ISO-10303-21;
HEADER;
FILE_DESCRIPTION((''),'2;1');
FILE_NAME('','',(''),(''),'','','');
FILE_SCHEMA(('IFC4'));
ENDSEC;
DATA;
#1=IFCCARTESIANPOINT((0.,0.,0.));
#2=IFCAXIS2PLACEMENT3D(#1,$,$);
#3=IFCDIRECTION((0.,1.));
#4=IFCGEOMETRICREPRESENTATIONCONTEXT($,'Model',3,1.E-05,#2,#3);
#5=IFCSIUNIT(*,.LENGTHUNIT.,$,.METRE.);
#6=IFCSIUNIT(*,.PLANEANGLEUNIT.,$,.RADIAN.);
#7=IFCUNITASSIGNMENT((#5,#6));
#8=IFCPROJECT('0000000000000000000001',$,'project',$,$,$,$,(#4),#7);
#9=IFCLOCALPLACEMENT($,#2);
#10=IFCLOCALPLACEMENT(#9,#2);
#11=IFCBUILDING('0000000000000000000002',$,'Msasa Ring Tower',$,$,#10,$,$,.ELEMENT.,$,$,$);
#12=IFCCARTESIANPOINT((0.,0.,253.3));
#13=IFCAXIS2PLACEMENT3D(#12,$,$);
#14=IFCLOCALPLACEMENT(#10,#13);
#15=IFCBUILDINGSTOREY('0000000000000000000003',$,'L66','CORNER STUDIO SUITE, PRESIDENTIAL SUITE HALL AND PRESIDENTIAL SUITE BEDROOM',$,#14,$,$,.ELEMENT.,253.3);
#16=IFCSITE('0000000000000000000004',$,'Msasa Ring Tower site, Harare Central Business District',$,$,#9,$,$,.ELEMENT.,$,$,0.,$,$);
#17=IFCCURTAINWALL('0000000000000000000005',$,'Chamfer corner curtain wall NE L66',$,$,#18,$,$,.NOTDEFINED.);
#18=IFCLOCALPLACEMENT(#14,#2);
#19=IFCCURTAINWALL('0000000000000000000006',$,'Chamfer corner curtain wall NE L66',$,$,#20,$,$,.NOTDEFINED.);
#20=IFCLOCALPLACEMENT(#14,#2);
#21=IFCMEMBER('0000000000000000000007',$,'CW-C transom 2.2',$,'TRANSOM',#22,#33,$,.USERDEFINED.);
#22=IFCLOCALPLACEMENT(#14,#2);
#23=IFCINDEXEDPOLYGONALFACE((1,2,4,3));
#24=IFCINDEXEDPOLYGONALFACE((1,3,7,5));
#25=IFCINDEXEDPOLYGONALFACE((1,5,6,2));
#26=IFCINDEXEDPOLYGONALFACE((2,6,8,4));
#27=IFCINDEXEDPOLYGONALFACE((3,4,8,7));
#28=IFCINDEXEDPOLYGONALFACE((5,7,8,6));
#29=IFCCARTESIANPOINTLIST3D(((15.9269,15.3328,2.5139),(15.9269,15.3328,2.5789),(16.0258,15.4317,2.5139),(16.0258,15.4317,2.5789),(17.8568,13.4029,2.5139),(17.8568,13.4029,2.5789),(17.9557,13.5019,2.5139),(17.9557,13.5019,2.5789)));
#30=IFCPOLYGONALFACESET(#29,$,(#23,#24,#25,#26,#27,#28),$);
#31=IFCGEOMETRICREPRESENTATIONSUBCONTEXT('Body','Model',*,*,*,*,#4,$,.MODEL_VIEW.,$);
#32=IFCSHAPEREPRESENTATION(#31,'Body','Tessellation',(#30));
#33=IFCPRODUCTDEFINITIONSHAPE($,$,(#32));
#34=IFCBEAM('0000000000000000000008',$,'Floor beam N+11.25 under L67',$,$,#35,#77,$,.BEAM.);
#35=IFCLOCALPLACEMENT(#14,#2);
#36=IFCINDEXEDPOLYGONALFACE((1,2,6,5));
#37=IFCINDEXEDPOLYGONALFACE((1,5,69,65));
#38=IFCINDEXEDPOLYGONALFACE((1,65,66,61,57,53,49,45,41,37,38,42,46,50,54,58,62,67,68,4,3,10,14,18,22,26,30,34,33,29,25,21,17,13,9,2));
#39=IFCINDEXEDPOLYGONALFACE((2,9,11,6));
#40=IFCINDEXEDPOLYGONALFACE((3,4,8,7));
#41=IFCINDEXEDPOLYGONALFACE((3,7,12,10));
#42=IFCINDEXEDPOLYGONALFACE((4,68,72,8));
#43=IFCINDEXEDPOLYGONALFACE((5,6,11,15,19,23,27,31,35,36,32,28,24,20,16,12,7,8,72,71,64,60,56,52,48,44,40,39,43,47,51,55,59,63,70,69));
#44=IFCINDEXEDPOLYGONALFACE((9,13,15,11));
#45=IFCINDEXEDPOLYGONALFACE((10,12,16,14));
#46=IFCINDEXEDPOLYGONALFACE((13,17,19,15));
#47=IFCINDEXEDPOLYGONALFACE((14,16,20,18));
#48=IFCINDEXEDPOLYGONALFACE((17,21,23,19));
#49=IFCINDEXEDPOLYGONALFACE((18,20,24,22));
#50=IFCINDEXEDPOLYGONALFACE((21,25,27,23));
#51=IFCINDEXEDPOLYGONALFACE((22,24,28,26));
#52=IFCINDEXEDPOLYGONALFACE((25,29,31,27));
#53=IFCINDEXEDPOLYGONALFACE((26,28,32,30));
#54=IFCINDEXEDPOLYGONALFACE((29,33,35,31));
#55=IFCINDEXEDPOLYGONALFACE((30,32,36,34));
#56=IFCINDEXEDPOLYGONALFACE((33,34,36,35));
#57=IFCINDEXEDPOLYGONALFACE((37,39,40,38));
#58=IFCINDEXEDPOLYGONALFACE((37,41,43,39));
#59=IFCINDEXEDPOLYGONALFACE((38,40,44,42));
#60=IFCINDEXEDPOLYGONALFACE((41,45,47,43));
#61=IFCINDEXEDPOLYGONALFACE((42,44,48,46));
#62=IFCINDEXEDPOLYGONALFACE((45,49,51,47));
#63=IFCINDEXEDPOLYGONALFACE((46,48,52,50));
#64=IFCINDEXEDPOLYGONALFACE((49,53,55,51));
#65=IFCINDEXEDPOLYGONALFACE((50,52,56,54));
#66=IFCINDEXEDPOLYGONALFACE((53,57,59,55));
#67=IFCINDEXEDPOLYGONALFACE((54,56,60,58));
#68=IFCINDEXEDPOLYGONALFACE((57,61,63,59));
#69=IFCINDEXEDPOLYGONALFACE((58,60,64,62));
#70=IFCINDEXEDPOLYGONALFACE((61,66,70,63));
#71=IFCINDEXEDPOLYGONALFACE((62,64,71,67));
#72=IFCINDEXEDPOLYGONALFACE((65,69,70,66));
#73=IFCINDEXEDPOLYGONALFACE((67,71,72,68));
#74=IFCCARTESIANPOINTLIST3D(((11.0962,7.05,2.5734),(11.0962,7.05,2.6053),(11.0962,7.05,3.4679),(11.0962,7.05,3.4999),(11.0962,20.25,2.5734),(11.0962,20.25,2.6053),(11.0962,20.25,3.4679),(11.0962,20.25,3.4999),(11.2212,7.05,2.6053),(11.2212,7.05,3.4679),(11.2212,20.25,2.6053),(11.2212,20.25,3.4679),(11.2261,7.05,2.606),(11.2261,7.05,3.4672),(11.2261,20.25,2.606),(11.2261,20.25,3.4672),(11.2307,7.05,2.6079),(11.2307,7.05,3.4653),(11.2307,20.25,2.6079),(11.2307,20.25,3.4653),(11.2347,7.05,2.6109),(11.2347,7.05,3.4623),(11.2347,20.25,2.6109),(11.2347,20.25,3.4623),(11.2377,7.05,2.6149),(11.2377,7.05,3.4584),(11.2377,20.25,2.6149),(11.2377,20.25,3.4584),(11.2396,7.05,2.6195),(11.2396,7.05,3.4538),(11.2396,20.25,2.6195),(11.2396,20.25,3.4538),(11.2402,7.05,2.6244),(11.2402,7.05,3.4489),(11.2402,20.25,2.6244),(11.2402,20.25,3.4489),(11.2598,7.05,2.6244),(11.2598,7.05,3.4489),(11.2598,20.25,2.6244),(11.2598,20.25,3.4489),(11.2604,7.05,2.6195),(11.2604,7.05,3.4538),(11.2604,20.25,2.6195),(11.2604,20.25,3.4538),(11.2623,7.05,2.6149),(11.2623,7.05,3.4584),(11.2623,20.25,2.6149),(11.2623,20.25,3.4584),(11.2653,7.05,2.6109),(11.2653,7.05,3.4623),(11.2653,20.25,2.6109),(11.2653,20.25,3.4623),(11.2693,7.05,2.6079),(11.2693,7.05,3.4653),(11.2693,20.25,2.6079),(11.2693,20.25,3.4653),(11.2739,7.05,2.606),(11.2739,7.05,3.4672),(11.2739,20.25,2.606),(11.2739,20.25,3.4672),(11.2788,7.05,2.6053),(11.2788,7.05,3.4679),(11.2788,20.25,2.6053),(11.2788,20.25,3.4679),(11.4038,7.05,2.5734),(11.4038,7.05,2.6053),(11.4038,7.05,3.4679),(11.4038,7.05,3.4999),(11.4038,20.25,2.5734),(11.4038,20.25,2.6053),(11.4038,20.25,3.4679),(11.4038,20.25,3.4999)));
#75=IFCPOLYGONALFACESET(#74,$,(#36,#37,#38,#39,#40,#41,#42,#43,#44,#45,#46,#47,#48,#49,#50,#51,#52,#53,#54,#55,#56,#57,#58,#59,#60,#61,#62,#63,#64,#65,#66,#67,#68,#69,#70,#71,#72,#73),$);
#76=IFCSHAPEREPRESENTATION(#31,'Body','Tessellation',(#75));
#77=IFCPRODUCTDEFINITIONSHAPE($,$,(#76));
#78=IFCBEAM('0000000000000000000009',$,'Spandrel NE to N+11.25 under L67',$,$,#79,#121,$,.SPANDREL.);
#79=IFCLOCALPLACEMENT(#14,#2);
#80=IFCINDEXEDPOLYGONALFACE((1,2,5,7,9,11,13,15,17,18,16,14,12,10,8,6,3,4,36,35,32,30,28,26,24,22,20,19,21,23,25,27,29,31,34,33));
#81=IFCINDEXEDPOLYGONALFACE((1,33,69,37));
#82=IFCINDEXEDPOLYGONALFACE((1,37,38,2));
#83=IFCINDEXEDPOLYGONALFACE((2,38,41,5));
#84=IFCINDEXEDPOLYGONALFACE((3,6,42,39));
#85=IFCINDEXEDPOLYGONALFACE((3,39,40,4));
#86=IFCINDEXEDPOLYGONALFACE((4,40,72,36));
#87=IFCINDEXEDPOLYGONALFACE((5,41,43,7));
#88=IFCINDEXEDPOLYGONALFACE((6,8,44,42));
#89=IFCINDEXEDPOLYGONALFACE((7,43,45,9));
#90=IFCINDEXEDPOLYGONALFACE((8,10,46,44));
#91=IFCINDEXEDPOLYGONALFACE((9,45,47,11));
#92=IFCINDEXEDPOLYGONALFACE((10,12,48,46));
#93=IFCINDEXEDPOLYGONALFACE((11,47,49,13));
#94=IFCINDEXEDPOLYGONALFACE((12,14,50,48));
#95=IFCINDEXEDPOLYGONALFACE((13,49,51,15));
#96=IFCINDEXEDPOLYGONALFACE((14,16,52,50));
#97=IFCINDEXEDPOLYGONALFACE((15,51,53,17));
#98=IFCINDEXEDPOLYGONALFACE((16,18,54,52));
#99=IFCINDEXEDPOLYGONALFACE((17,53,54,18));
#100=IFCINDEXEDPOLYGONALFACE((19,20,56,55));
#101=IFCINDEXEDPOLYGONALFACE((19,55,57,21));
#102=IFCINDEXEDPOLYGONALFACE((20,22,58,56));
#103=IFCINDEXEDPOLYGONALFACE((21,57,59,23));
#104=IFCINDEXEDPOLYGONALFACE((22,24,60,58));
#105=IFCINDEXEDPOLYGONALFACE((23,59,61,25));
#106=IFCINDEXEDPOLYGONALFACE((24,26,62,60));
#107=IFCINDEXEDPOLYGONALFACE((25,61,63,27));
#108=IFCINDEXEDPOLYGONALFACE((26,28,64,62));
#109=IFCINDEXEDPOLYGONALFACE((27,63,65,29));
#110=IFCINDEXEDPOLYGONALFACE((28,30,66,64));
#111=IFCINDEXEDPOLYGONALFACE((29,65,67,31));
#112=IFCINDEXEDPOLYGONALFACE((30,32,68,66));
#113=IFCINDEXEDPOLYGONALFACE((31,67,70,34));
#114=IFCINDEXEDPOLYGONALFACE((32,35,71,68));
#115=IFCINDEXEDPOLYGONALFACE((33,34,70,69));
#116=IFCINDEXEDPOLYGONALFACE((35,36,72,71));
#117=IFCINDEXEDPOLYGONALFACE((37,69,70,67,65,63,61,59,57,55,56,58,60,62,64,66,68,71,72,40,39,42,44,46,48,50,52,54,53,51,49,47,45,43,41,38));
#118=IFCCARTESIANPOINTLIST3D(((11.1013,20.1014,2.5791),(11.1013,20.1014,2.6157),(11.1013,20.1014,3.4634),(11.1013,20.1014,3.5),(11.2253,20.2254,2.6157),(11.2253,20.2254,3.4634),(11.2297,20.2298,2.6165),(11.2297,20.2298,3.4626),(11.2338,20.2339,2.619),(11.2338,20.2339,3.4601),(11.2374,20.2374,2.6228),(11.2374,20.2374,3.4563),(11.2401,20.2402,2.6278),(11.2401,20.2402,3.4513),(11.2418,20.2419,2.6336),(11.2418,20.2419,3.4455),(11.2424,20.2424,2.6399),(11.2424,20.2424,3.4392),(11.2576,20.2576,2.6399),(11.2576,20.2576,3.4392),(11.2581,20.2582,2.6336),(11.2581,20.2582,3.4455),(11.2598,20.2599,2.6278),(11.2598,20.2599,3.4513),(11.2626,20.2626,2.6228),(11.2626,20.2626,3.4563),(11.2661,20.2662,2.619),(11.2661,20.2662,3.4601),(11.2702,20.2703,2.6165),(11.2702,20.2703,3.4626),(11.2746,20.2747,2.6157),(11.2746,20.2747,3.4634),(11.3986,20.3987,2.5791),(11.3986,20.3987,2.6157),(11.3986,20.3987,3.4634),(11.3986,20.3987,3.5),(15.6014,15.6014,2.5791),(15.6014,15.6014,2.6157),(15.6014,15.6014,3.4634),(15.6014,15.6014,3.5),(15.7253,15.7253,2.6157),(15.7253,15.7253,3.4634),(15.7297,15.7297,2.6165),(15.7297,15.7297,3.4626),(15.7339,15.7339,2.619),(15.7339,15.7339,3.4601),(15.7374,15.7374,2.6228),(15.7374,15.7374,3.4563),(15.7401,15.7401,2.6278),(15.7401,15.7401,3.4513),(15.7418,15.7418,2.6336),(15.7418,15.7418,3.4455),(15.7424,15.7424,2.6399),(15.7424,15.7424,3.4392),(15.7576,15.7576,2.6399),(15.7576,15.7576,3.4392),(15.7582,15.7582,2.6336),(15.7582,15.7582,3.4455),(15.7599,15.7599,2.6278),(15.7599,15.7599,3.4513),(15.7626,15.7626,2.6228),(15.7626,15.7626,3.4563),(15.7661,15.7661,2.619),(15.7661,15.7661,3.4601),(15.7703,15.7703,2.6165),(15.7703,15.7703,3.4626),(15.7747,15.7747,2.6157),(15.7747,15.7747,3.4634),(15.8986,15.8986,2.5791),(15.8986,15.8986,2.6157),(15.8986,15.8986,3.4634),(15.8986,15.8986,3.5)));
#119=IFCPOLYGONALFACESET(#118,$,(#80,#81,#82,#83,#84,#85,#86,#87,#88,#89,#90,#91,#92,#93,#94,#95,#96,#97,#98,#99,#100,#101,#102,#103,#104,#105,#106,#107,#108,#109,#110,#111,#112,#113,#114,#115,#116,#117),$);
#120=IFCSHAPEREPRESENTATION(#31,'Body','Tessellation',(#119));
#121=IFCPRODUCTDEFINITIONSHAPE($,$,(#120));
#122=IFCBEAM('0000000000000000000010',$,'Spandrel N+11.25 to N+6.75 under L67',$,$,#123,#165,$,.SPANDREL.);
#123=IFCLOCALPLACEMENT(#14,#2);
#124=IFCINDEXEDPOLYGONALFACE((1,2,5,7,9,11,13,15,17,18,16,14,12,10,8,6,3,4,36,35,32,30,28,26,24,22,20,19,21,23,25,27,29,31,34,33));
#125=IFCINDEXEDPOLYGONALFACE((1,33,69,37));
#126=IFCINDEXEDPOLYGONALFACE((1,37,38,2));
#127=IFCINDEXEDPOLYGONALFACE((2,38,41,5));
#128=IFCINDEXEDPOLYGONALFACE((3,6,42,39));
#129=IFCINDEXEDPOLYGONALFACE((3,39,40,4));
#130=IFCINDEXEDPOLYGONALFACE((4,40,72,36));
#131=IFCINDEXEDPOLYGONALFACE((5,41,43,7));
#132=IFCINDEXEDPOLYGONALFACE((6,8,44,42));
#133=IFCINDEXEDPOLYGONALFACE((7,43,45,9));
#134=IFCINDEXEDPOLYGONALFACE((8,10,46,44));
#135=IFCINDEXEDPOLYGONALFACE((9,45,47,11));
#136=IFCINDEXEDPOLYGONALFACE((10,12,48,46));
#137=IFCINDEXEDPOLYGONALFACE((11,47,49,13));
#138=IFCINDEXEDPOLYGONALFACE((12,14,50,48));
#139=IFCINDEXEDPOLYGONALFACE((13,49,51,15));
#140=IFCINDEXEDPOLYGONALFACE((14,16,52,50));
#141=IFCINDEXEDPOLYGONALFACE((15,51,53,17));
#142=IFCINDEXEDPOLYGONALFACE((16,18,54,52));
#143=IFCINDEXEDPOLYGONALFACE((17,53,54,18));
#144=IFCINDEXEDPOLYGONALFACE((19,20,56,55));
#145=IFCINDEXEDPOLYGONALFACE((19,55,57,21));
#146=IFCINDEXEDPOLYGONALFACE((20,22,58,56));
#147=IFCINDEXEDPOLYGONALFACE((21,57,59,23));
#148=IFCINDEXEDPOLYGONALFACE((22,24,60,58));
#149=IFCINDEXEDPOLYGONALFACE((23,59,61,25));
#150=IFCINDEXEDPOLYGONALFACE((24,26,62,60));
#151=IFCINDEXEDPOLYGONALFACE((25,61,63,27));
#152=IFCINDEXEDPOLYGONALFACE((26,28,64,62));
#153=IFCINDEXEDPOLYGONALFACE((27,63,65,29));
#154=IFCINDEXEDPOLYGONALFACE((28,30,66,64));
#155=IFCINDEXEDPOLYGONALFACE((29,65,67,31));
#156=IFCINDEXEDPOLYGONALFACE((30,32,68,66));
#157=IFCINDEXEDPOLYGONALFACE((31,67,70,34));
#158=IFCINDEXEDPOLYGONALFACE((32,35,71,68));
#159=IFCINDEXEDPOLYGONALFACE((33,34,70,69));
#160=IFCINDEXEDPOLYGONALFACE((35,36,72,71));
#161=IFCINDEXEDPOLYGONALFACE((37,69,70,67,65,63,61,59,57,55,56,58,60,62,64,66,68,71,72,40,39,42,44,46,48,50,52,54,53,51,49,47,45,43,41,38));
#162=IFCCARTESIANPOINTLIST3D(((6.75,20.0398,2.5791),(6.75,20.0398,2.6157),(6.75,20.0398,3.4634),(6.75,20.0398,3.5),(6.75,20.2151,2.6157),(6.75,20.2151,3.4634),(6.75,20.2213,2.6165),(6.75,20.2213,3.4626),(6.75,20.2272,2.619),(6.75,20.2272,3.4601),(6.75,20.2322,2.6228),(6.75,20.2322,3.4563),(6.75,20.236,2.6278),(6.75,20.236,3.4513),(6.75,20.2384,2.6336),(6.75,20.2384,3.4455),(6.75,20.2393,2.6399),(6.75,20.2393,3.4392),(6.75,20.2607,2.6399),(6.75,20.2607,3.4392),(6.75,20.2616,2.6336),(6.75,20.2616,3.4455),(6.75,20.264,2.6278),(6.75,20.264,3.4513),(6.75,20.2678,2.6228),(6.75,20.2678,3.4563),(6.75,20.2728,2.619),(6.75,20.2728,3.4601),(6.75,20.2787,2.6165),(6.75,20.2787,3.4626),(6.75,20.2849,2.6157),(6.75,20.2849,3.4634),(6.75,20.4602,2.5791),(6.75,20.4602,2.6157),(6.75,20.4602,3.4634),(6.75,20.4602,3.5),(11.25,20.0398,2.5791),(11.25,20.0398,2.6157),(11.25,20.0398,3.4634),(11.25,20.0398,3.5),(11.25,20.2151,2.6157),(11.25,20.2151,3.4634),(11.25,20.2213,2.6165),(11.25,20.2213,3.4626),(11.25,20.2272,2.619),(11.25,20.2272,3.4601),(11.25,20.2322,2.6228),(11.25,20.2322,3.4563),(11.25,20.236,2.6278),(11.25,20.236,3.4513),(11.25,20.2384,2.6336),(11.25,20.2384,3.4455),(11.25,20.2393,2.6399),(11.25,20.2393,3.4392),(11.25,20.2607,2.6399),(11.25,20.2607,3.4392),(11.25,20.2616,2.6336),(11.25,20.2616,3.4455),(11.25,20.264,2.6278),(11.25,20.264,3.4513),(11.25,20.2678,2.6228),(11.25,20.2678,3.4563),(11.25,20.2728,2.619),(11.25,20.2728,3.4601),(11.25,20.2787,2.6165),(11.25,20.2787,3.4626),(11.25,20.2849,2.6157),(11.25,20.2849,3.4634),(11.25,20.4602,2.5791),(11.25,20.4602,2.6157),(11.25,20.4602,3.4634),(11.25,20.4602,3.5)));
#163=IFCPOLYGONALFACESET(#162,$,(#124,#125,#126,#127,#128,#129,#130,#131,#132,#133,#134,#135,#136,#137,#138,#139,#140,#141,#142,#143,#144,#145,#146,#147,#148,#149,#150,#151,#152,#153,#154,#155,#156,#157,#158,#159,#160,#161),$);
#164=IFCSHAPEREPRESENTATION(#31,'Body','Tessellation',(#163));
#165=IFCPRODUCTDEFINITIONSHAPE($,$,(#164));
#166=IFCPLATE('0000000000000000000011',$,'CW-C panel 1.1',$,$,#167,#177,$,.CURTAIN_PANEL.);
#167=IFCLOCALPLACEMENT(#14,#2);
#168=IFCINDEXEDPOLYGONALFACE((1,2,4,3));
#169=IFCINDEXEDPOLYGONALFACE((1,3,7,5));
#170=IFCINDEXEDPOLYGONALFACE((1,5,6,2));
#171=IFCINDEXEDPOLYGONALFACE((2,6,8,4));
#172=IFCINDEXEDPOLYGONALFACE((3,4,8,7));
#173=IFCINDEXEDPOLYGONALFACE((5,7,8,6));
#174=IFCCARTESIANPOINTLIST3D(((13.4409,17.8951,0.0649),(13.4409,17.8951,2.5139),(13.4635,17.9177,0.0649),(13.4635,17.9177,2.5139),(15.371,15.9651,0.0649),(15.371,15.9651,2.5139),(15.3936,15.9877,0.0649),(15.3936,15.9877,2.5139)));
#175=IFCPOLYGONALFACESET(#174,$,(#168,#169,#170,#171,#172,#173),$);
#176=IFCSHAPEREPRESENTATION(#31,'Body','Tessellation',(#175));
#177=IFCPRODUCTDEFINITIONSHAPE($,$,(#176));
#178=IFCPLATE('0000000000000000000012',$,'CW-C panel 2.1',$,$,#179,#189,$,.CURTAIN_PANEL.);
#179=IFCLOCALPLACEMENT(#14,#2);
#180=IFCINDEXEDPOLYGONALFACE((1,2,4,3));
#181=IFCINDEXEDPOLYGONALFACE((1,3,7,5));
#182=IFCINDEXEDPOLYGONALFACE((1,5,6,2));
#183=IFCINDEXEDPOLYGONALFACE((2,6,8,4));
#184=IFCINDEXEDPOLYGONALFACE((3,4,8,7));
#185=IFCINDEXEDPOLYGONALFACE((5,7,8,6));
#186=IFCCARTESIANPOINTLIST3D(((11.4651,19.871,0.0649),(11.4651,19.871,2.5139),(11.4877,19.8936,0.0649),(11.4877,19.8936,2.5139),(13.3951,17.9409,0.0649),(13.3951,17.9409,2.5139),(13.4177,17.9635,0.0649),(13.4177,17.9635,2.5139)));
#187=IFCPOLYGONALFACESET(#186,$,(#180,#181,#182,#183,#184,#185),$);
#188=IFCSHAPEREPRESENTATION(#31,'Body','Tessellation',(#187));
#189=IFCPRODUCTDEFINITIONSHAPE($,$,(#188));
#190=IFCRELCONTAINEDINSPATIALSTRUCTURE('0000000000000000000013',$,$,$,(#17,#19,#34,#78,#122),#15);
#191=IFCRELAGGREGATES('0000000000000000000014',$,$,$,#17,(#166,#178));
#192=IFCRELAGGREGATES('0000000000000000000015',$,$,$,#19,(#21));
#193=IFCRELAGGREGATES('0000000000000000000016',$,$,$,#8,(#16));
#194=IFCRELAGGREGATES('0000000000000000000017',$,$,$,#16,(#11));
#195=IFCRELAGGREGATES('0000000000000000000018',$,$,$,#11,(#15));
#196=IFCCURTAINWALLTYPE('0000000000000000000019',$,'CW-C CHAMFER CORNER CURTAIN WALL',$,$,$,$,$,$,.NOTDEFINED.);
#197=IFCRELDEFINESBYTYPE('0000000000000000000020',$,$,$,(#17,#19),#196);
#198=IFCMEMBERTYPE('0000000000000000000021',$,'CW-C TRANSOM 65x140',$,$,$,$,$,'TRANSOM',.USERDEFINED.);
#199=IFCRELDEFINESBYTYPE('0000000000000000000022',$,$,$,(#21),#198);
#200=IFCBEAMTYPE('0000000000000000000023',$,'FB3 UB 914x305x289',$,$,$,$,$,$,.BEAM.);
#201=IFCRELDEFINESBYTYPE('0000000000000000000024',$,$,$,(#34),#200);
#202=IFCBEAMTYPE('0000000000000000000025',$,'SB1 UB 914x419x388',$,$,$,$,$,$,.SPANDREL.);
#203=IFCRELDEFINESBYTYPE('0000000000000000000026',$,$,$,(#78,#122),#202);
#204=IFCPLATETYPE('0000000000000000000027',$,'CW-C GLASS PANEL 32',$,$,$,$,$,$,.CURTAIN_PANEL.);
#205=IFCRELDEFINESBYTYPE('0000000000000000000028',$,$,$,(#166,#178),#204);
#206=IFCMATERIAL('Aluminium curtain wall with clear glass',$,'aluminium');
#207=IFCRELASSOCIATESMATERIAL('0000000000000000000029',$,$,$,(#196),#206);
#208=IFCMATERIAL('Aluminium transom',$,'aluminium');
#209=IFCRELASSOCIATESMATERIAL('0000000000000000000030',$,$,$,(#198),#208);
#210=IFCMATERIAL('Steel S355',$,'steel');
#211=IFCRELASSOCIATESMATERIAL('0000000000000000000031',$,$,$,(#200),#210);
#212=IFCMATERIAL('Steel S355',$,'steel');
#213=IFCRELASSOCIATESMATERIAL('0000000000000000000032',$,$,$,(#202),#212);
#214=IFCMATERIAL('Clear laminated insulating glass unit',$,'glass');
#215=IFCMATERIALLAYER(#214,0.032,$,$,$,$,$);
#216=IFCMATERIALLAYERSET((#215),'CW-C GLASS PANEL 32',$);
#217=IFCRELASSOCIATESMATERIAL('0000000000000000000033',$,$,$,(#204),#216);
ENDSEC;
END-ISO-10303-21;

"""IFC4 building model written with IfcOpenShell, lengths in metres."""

from ifc_helpers import new_model, si_unit, direction, frame, origin, origin_2d, place, context, subcontext, project, spatial, rectangle, i_section, extrude, material, layer, layer_set, material_profile, profile_set, type_object, element, aggregate, save


model = new_model("IFC4")

# Units and contexts
model_context = context("Model", 3, precision=1e-05, world=origin(), true_north=direction((0.0, 1.0)))
body_context = subcontext(model_context, "Body", "Model", "MODEL_VIEW")
ifc_project = project(units=[si_unit("LENGTHUNIT", "METRE"), si_unit("PLANEANGLEUNIT", "RADIAN")], contexts=[model_context])

# Site, building, storey
site_placement = place(None, origin())
site = spatial("IfcSite", under=ifc_project, at=site_placement, Name="Msasa Ring Tower site, Harare Central Business District", CompositionType="ELEMENT", RefElevation=0.0)
building_placement = place(site_placement, origin())
building = spatial("IfcBuilding", under=site, at=building_placement, Name="Msasa Ring Tower", CompositionType="ELEMENT")
storey_placement = place(building_placement, frame((0.0, 0.0, 253.3)))
storey = spatial("IfcBuildingStorey", under=building, at=storey_placement, Name="L66", Description="CORNER STUDIO SUITE, PRESIDENTIAL SUITE HALL AND PRESIDENTIAL SUITE BEDROOM", CompositionType="ELEMENT", Elevation=253.3)

# Curtain walls
ifc_material_1 = material(Name="Aluminium curtain wall with clear glass", Category="aluminium")
curtain_wall_type = type_object("IfcCurtainWallType", Name="CW-C CHAMFER CORNER CURTAIN WALL", PredefinedType="NOTDEFINED", material=ifc_material_1)
curtain_wall_1_placement = place(storey_placement, origin())
curtain_wall_1 = element("IfcCurtainWall", 1, at=curtain_wall_1_placement, inside=storey, type_object=curtain_wall_type, Name="Chamfer corner curtain wall NE L66", PredefinedType="NOTDEFINED")
curtain_wall_2_placement = place(storey_placement, origin())
curtain_wall_2 = element("IfcCurtainWall", 2, at=curtain_wall_2_placement, inside=storey, type_object=curtain_wall_type, Name="Chamfer corner curtain wall NE L66", PredefinedType="NOTDEFINED")

# Member
ifc_material_2 = material(Name="Aluminium transom", Category="aluminium")
ifc_material_profile_1 = material_profile(ifc_material_2, rectangle(XDim=0.1399, YDim=0.0649, at=origin_2d()), Name="AL 65x140")
ifc_profile_set_1 = profile_set([ifc_material_profile_1], Name="Aluminium transom")
member_type_1 = type_object("IfcMemberType", Name="CW-C TRANSOM 65x140", ElementType="TRANSOM", PredefinedType="USERDEFINED", material=ifc_profile_set_1)
member_1_placement = place(storey_placement, frame((17.9062, 13.4524, 2.5464), z_axis=(-0.707107, 0.707107, 0.0), x_axis=(-0.707107, -0.707107, 0.0)))
member_1 = element("IfcMember", 3, at=member_1_placement, type_object=member_type_1, Name="CW-C transom 2.2", ObjectType="TRANSOM", PredefinedType="USERDEFINED", context=body_context, shape_type="SweptSolid", body=[
    extrude(rectangle(XDim=0.1399, YDim=0.0649, at=origin_2d()), origin(), (0.0, 0.0, 1.0), 2.7292),
])

# Beams
ifc_material_3 = material(Name="Steel S355", Category="steel")
ifc_material_profile_2 = material_profile(ifc_material_3, i_section(OverallWidth=0.3076, OverallDepth=0.9265, WebThickness=0.0195, FlangeThickness=0.032, FilletRadius=0.019, at=origin_2d()), Name="UB 914x305x289")
ifc_profile_set_2 = profile_set([ifc_material_profile_2], Name="Steel S355")
beam_type_1 = type_object("IfcBeamType", Name="FB3 UB 914x305x289", PredefinedType="BEAM", material=ifc_profile_set_2)
beam_1_placement = place(storey_placement, frame((11.25, 20.25, 3.0366), z_axis=(0.0, -1.0, 0.0), x_axis=(1.0, 0.0, 0.0)))
element("IfcBeam", 4, at=beam_1_placement, inside=storey, type_object=beam_type_1, Name="Floor beam N+11.25 under L67", PredefinedType="BEAM", context=body_context, shape_type="SweptSolid", body=[
    extrude(i_section(OverallWidth=0.3076, OverallDepth=0.9265, WebThickness=0.0195, FlangeThickness=0.032, FilletRadius=0.019, at=origin_2d()), origin(), (0.0, 0.0, 1.0), 13.2),
])
ifc_material_4 = material(Name="Steel S355", Category="steel")
ifc_material_profile_3 = material_profile(ifc_material_4, i_section(OverallWidth=0.4204, OverallDepth=0.9209, WebThickness=0.0215, FlangeThickness=0.0366, FilletRadius=0.0242, at=origin_2d()), Name="UB 914x419x388")
ifc_profile_set_3 = profile_set([ifc_material_profile_3], Name="Steel S355")
beam_type_2 = type_object("IfcBeamType", Name="SB1 UB 914x419x388", PredefinedType="SPANDREL", material=ifc_profile_set_3)
beam_2_placement = place(storey_placement, frame((15.75, 15.75, 3.0396), z_axis=(-0.707107, 0.707107, 0.0), x_axis=(-0.707107, -0.707107, 0.0)))
element("IfcBeam", 5, at=beam_2_placement, inside=storey, type_object=beam_type_2, Name="Spandrel NE to N+11.25 under L67", PredefinedType="SPANDREL", context=body_context, shape_type="SweptSolid", body=[
    extrude(i_section(OverallWidth=0.4204, OverallDepth=0.9209, WebThickness=0.0215, FlangeThickness=0.0366, FilletRadius=0.0242, at=origin_2d()), origin(), (0.0, 0.0, 1.0), 6.364),
])
beam_3_placement = place(storey_placement, frame((11.25, 20.25, 3.0396), z_axis=(-1.0, 0.0, 0.0), x_axis=(0.0, -1.0, 0.0)))
element("IfcBeam", 6, at=beam_3_placement, inside=storey, type_object=beam_type_2, Name="Spandrel N+11.25 to N+6.75 under L67", PredefinedType="SPANDREL", context=body_context, shape_type="SweptSolid", body=[
    extrude(i_section(OverallWidth=0.4204, OverallDepth=0.9209, WebThickness=0.0215, FlangeThickness=0.0366, FilletRadius=0.0242, at=origin_2d()), origin(), (0.0, 0.0, 1.0), 4.5),
])

# Plates
ifc_material_5 = material(Name="Clear laminated insulating glass unit", Category="glass")
ifc_layer_1 = layer(ifc_material_5, 0.032)
ifc_layer_set_1 = layer_set([ifc_layer_1], Name="CW-C GLASS PANEL 32")
plate_type = type_object("IfcPlateType", Name="CW-C GLASS PANEL 32", PredefinedType="CURTAIN_PANEL", material=ifc_layer_set_1)
plate_1_placement = place(storey_placement, frame((14.4172, 16.9414, 0.0649), z_axis=(0.0, 0.0, 1.0), x_axis=(-0.707107, 0.707107, 0.0)))
plate_1 = element("IfcPlate", 7, at=plate_1_placement, type_object=plate_type, Name="CW-C panel 1.1", PredefinedType="CURTAIN_PANEL", context=body_context, shape_type="SweptSolid", body=[
    extrude(rectangle(XDim=2.7295, YDim=0.032, at=origin_2d()), origin(), (0.0, 0.0, 1.0), 2.449),
])
plate_2_placement = place(storey_placement, frame((12.4414, 18.9172, 0.0649), z_axis=(0.0, 0.0, 1.0), x_axis=(-0.707107, 0.707107, 0.0)))
plate_2 = element("IfcPlate", 8, at=plate_2_placement, type_object=plate_type, Name="CW-C panel 2.1", PredefinedType="CURTAIN_PANEL", context=body_context, shape_type="SweptSolid", body=[
    extrude(rectangle(XDim=2.7295, YDim=0.032, at=origin_2d()), origin(), (0.0, 0.0, 1.0), 2.449),
])
aggregate(curtain_wall_1, [plate_1, plate_2])
aggregate(curtain_wall_2, [member_1])

save(model, "model.ifc")
